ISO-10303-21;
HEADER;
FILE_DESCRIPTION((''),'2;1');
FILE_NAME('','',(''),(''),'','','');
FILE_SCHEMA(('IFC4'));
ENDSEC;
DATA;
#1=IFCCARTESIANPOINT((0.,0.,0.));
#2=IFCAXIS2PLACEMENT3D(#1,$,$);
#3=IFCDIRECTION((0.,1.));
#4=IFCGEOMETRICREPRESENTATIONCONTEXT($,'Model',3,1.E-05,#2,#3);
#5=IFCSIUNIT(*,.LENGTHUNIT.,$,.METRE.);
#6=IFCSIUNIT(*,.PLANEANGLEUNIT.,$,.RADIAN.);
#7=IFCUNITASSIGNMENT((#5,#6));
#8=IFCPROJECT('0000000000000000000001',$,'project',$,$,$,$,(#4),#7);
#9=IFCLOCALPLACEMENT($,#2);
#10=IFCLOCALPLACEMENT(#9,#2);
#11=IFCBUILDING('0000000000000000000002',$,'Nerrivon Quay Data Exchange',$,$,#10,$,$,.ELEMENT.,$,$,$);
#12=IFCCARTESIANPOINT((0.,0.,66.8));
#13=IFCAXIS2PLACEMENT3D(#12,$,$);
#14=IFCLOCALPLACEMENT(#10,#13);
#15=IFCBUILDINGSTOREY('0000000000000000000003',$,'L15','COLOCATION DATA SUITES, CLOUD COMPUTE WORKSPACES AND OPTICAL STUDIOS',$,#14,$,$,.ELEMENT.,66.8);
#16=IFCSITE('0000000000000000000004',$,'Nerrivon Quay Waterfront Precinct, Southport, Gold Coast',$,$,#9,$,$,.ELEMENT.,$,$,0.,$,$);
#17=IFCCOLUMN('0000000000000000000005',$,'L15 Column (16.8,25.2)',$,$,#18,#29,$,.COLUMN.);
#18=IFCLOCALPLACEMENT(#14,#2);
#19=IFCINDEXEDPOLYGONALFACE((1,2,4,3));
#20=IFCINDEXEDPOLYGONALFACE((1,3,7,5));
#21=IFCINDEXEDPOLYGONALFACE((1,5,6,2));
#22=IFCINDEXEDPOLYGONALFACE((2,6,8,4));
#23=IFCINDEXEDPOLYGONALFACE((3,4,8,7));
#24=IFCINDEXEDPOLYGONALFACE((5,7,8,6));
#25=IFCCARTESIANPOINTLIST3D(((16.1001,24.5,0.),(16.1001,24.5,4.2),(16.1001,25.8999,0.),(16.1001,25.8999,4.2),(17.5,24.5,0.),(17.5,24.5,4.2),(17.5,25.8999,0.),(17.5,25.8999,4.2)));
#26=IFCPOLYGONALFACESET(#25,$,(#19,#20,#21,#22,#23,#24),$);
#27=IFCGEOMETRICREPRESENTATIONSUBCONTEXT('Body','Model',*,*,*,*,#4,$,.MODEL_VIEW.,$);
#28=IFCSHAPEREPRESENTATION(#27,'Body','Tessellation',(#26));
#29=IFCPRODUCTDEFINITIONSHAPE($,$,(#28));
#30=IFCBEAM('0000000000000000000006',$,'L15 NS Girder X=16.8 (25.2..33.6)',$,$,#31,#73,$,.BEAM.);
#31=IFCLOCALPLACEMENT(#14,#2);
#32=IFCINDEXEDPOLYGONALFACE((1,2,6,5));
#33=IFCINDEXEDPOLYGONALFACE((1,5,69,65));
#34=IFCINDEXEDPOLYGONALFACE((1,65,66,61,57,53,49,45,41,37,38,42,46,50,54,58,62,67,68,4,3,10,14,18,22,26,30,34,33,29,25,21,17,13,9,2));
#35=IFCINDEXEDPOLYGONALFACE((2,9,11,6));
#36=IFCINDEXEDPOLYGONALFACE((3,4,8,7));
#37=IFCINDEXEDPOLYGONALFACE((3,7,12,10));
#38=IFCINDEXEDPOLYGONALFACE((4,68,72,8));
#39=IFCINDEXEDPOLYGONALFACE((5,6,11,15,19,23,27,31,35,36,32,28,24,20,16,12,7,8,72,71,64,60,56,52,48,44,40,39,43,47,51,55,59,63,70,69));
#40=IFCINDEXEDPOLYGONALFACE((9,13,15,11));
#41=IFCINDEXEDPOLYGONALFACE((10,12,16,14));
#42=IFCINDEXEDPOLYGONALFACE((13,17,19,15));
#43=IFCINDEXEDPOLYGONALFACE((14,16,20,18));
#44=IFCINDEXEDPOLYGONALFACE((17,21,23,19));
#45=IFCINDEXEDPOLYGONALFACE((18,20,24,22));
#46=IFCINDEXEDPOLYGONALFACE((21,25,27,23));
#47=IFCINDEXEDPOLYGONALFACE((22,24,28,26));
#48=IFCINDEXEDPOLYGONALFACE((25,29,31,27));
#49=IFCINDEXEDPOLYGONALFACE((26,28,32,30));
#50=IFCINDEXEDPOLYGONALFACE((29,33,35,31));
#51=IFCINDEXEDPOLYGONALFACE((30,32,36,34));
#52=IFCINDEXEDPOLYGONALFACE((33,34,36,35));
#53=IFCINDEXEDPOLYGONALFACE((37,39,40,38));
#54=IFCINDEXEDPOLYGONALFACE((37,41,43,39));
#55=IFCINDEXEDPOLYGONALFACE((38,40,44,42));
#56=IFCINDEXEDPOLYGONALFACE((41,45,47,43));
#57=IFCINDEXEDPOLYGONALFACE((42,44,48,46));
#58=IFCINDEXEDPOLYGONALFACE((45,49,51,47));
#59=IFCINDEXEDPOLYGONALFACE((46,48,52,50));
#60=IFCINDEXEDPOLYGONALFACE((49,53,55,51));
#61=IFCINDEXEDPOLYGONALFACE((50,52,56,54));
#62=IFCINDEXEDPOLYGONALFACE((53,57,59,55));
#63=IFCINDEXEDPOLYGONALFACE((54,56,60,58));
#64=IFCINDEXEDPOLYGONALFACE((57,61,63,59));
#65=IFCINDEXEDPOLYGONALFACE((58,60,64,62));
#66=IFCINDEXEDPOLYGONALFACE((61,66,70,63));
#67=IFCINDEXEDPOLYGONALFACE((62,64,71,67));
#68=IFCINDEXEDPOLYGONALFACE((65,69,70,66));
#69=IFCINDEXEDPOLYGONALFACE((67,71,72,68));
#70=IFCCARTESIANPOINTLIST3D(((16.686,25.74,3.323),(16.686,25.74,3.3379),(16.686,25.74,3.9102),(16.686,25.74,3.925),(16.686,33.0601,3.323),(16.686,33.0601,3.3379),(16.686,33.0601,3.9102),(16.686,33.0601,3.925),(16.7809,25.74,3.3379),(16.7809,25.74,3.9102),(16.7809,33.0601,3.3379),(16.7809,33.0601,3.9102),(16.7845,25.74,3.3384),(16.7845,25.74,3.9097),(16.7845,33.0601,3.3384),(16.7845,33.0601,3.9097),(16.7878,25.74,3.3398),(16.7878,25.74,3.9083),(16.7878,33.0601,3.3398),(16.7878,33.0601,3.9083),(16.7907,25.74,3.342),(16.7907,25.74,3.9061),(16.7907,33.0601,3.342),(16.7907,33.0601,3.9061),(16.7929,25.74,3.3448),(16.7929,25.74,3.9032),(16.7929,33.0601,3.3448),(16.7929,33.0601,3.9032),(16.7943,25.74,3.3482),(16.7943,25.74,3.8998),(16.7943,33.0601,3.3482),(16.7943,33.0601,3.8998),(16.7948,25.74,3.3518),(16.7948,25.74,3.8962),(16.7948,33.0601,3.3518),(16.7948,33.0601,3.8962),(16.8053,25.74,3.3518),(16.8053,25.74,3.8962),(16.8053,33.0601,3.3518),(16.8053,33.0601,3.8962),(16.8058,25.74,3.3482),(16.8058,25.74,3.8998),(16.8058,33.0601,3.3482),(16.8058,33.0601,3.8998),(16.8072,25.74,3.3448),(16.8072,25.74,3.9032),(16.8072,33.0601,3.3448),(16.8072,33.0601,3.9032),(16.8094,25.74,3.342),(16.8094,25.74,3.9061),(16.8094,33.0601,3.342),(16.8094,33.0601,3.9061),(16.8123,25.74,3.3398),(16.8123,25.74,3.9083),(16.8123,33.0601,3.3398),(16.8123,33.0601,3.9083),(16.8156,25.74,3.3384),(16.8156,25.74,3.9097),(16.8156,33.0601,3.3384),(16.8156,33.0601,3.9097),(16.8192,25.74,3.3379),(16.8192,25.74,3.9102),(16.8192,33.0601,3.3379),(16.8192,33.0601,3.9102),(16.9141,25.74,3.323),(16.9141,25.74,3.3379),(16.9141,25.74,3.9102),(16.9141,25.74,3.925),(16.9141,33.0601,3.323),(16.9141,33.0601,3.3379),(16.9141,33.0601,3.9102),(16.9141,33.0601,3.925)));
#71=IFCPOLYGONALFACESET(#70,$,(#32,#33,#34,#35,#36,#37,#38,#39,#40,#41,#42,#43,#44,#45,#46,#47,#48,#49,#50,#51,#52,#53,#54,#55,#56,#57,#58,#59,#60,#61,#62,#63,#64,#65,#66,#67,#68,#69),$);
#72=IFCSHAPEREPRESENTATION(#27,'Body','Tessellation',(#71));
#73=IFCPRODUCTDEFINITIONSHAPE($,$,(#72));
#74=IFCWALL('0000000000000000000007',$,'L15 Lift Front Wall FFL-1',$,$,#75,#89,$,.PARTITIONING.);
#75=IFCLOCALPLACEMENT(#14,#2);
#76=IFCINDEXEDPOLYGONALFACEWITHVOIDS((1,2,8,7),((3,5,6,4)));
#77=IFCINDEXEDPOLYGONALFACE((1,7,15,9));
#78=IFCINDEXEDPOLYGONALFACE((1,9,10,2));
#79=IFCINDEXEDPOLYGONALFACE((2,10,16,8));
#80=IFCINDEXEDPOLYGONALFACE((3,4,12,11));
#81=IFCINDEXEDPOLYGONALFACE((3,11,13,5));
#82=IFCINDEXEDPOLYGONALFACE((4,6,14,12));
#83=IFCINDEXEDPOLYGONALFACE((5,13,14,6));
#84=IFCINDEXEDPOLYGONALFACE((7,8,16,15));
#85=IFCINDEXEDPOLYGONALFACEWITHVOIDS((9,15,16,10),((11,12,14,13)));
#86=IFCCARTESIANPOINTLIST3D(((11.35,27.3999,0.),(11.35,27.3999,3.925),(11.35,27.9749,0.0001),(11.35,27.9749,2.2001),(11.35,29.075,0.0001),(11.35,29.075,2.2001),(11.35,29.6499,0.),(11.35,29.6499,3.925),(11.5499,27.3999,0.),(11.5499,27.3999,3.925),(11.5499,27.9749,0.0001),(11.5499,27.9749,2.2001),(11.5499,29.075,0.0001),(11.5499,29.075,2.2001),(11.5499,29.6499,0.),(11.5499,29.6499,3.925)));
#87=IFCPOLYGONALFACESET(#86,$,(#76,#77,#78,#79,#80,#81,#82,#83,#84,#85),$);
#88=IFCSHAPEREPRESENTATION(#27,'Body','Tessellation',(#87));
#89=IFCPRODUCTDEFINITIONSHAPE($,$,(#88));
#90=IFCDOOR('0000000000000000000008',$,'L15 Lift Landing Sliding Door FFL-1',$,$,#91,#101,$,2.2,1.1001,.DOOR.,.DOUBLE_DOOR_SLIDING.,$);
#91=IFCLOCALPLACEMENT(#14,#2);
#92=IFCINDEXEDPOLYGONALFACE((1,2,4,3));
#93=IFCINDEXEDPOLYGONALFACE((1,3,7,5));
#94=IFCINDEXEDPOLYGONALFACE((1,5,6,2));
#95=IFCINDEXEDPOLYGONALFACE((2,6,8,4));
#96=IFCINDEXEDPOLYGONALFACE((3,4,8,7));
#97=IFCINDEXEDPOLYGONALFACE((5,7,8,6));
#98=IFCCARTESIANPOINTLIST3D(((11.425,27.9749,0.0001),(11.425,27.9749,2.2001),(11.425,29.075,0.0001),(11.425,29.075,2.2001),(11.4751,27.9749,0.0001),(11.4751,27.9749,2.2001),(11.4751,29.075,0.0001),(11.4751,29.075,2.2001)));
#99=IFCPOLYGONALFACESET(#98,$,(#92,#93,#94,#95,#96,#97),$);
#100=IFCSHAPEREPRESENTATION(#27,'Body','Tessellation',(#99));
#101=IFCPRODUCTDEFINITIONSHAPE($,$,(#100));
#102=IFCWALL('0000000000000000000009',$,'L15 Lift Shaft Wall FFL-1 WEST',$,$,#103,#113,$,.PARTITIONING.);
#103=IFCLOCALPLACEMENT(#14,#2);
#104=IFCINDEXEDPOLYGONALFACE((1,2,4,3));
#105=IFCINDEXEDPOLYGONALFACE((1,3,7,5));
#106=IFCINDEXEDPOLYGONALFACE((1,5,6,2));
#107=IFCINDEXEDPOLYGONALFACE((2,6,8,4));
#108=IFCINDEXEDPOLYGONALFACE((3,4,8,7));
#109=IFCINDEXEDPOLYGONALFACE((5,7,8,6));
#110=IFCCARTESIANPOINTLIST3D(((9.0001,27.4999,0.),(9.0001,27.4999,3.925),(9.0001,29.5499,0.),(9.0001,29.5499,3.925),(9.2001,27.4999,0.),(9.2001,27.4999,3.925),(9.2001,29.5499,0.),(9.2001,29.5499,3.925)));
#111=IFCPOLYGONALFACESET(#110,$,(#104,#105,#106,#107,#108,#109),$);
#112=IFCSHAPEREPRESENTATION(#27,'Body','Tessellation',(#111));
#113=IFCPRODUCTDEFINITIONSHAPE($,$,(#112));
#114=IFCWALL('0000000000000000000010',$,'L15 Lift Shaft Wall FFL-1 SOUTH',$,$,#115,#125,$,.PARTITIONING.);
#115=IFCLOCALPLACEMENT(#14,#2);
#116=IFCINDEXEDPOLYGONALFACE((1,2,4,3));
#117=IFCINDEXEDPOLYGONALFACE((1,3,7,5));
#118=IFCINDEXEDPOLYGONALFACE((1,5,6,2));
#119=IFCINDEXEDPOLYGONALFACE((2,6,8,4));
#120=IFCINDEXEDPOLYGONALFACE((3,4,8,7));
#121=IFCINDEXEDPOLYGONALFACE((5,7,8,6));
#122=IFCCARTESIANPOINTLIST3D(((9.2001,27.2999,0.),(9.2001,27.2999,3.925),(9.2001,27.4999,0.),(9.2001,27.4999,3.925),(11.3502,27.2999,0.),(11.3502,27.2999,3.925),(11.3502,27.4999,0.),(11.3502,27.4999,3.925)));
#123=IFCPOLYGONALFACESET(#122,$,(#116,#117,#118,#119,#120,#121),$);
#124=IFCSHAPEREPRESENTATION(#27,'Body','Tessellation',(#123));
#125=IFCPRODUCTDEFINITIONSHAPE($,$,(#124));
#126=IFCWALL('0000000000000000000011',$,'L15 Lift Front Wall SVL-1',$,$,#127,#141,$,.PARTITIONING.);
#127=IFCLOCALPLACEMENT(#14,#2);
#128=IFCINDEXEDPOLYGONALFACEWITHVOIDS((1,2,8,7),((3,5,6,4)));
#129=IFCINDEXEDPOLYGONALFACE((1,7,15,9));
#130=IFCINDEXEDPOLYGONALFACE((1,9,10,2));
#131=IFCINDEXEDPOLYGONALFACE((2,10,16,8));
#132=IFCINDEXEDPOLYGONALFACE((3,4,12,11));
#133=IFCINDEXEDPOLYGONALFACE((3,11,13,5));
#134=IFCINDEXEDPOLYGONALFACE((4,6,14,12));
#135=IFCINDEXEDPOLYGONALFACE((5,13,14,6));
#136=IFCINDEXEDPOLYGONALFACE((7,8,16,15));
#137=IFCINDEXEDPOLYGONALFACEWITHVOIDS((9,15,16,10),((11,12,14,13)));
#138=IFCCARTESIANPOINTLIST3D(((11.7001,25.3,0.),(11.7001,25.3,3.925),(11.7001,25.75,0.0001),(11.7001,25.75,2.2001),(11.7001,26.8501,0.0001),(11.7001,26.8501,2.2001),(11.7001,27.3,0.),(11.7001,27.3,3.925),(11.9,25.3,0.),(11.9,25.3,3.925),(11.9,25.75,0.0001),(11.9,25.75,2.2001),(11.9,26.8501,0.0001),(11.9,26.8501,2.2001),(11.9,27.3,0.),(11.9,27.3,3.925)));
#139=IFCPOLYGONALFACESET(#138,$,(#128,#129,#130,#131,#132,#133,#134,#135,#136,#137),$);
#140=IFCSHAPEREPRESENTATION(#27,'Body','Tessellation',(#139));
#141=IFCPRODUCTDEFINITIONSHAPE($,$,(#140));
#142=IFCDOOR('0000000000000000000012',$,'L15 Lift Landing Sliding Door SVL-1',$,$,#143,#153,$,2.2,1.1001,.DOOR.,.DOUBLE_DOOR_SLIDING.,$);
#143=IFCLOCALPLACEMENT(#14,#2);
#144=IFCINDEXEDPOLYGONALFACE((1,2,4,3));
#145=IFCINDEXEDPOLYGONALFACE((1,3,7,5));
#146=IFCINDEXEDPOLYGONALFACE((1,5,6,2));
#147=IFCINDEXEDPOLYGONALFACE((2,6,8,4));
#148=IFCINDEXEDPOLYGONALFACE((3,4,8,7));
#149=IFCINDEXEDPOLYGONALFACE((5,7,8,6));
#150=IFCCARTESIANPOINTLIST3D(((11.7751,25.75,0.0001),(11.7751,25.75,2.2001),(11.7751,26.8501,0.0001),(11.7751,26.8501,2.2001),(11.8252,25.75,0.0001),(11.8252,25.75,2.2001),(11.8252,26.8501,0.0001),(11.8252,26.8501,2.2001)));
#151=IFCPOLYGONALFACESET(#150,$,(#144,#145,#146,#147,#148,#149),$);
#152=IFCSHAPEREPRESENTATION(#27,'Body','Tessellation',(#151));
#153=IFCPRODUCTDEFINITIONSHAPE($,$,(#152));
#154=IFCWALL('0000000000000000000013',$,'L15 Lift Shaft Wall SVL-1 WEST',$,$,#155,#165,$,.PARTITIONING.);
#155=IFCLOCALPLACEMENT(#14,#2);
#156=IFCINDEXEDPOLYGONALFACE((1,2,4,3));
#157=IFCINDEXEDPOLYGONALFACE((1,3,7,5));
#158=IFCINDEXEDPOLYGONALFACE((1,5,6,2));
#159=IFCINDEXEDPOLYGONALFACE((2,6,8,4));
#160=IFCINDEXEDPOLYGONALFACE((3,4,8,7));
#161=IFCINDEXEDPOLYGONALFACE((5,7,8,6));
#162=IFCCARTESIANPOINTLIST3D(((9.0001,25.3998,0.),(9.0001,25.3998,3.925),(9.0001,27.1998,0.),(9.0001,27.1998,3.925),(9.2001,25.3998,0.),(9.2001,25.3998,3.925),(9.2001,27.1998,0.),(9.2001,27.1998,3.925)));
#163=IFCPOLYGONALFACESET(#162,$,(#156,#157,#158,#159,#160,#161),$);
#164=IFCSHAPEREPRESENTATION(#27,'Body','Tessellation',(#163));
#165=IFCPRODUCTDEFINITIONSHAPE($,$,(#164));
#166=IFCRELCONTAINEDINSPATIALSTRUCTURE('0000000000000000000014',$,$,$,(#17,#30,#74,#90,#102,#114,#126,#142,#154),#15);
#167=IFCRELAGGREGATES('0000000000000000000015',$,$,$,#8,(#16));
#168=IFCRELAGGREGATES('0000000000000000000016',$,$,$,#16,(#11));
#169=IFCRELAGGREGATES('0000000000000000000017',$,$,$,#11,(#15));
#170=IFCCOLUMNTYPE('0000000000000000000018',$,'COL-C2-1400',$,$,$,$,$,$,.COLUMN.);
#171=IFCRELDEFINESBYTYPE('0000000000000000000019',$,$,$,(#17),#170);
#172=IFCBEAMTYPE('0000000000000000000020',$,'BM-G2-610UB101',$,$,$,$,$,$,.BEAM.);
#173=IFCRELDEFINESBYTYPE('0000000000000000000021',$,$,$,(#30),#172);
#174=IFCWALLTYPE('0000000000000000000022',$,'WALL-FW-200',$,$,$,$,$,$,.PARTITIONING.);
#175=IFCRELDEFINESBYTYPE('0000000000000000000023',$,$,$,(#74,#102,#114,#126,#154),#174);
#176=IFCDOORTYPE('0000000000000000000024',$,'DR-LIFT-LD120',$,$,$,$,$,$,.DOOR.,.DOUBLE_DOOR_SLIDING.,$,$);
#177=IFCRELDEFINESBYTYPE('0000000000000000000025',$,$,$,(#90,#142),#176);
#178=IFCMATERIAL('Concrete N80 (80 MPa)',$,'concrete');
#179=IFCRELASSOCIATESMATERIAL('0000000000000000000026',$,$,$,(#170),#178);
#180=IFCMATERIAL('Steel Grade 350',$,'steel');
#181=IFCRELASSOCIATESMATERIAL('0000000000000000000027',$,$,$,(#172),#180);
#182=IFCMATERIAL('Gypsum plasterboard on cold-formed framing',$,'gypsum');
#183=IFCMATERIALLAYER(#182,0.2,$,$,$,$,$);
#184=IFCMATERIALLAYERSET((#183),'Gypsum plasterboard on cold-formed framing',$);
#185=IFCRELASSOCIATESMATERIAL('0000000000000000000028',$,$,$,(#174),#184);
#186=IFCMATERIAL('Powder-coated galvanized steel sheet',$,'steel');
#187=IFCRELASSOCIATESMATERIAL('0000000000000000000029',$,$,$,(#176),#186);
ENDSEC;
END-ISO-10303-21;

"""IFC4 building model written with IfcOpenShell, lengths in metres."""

from ifc_helpers import new_model, si_unit, direction, frame, frame_2d, origin, origin_2d, place, context, subcontext, project, spatial, rectangle, i_section, extrude, material, layer, layer_set, material_profile, profile_set, type_object, element, fill, save


model = new_model("IFC4")

# Units and contexts
model_context = context("Model", 3, precision=1e-05, world=origin(), true_north=direction((0.0, 1.0)))
body_context = subcontext(model_context, "Body", "Model", "MODEL_VIEW")
ifc_project = project(units=[si_unit("LENGTHUNIT", "METRE"), si_unit("PLANEANGLEUNIT", "RADIAN")], contexts=[model_context])

# Site, building, storey
site_placement = place(None, origin())
site = spatial("IfcSite", under=ifc_project, at=site_placement, Name="Nerrivon Quay Waterfront Precinct, Southport, Gold Coast", CompositionType="ELEMENT", RefElevation=0.0)
building_placement = place(site_placement, origin())
building = spatial("IfcBuilding", under=site, at=building_placement, Name="Nerrivon Quay Data Exchange", CompositionType="ELEMENT")
storey_placement = place(building_placement, frame((0.0, 0.0, 66.8)))
storey = spatial("IfcBuildingStorey", under=building, at=storey_placement, Name="L15", Description="COLOCATION DATA SUITES, CLOUD COMPUTE WORKSPACES AND OPTICAL STUDIOS", CompositionType="ELEMENT", Elevation=66.8)

# Column
ifc_material_1 = material(Name="Concrete N80 (80 MPa)", Category="concrete")
ifc_material_profile_1 = material_profile(ifc_material_1, rectangle(XDim=1.3999, YDim=1.3999, at=origin_2d()), Name="RC-COL-1400x1400")
ifc_profile_set_1 = profile_set([ifc_material_profile_1], Name="Concrete N80 (80 MPa)")
column_type = type_object("IfcColumnType", Name="COL-C2-1400", PredefinedType="COLUMN", material=ifc_profile_set_1)
column_placement = place(storey_placement, frame((16.8, 25.2, 0.0), z_axis=(0.0, 0.0, 1.0), x_axis=(1.0, 0.0, 0.0)))
element("IfcColumn", 1, at=column_placement, inside=storey, type_object=column_type, Name="L15 Column (16.8,25.2)", PredefinedType="COLUMN", context=body_context, shape_type="SweptSolid", body=[
    extrude(rectangle(XDim=1.3999, YDim=1.3999, at=origin_2d()), origin(), (0.0, 0.0, 1.0), 4.2),
])

# Beam
ifc_material_2 = material(Name="Steel Grade 350", Category="steel")
ifc_material_profile_2 = material_profile(ifc_material_2, i_section(OverallWidth=0.228, OverallDepth=0.6021, WebThickness=0.0105, FlangeThickness=0.0149, FilletRadius=0.0139, at=origin_2d()), Name="610UB101")
ifc_profile_set_2 = profile_set([ifc_material_profile_2], Name="Steel Grade 350")
beam_type = type_object("IfcBeamType", Name="BM-G2-610UB101", PredefinedType="BEAM", material=ifc_profile_set_2)
beam_placement = place(storey_placement, frame((16.8, 25.74, 3.624), z_axis=(0.0, 1.0, 0.0), x_axis=(-1.0, 0.0, 0.0)))
element("IfcBeam", 2, at=beam_placement, inside=storey, type_object=beam_type, Name="L15 NS Girder X=16.8 (25.2..33.6)", PredefinedType="BEAM", context=body_context, shape_type="SweptSolid", body=[
    extrude(i_section(OverallWidth=0.228, OverallDepth=0.6021, WebThickness=0.0105, FlangeThickness=0.0149, FilletRadius=0.0139, at=origin_2d()), origin(), (0.0, 0.0, 1.0), 7.3201),
])

# Wall, opening, door
ifc_material_3 = material(Name="Powder-coated galvanized steel sheet", Category="steel")
ifc_material_4 = material(Name="Gypsum plasterboard on cold-formed framing", Category="gypsum")
ifc_layer_1 = layer(ifc_material_4, 0.2)
ifc_layer_set_1 = layer_set([ifc_layer_1], Name="Gypsum plasterboard on cold-formed framing")
wall_type_1 = type_object("IfcWallType", Name="WALL-FW-200", PredefinedType="PARTITIONING", material=ifc_layer_set_1)
wall_1_placement = place(storey_placement, frame((11.45, 27.3999, 0.0), z_axis=(0.0, 0.0, 1.0), x_axis=(0.0, 1.0, 0.0)))
wall_1 = element("IfcWall", 3, at=wall_1_placement, inside=storey, type_object=wall_type_1, Name="L15 Lift Front Wall FFL-1", PredefinedType="PARTITIONING", context=body_context, shape_type="SweptSolid", body=[
    extrude(rectangle(XDim=2.25, YDim=0.2, at=frame_2d((1.125, 0.0))), origin(), (0.0, 0.0, 1.0), 3.925),
])
opening_1_placement = place(wall_1_placement, frame((0.575, 0.0, 0.0)))
opening_1 = element("IfcOpeningElement", 4, at=opening_1_placement, cuts=wall_1, PredefinedType="OPENING", context=body_context, shape_type="SweptSolid", body=[
    extrude(rectangle(XDim=1.1001, YDim=2.2, at=frame_2d((0.55, 1.1001))), frame((0.0, 0.1099, 0.0), z_axis=(0.0, -1.0, 0.0), x_axis=(1.0, 0.0, 0.0)), (0.0, 0.0, 1.0), 0.22),
])
door_type_1 = type_object("IfcDoorType", Name="DR-LIFT-LD120", OperationType="DOUBLE_DOOR_SLIDING", PredefinedType="DOOR", material=ifc_material_3)
door_1_placement = place(opening_1_placement, origin())
door_1 = element("IfcDoor", 5, at=door_1_placement, inside=storey, type_object=door_type_1, Name="L15 Lift Landing Sliding Door FFL-1", OperationType="DOUBLE_DOOR_SLIDING", OverallHeight=2.2, OverallWidth=1.1001, PredefinedType="DOOR", context=body_context, shape_type="SweptSolid", body=[
    extrude(rectangle(XDim=1.1001, YDim=2.2, at=frame_2d((0.55, 1.1001))), frame((0.0, 0.0249, 0.0), z_axis=(0.0, -1.0, 0.0), x_axis=(1.0, 0.0, 0.0)), (0.0, 0.0, 1.0), 0.05),
])
fill(opening_1, door_1)

# Walls
wall_2_placement = place(storey_placement, frame((9.1001, 27.5, 0.0), z_axis=(0.0, 0.0, 1.0), x_axis=(0.0, 1.0, 0.0)))
element("IfcWall", 6, at=wall_2_placement, inside=storey, type_object=wall_type_1, Name="L15 Lift Shaft Wall FFL-1 WEST", PredefinedType="PARTITIONING", context=body_context, shape_type="SweptSolid", body=[
    extrude(rectangle(XDim=2.05, YDim=0.2, at=frame_2d((1.0249, 0.0))), origin(), (0.0, 0.0, 1.0), 3.925),
])
wall_3_placement = place(storey_placement, frame((9.2, 27.3999, 0.0), z_axis=(0.0, 0.0, 1.0), x_axis=(1.0, 0.0, 0.0)))
element("IfcWall", 7, at=wall_3_placement, inside=storey, type_object=wall_type_1, Name="L15 Lift Shaft Wall FFL-1 SOUTH", PredefinedType="PARTITIONING", context=body_context, shape_type="SweptSolid", body=[
    extrude(rectangle(XDim=2.1501, YDim=0.2, at=frame_2d((1.0752, 0.0))), origin(), (0.0, 0.0, 1.0), 3.925),
])

# Wall, opening, door
wall_4_placement = place(storey_placement, frame((11.8, 25.3, 0.0), z_axis=(0.0, 0.0, 1.0), x_axis=(0.0, 1.0, 0.0)))
wall_4 = element("IfcWall", 8, at=wall_4_placement, inside=storey, type_object=wall_type_1, Name="L15 Lift Front Wall SVL-1", PredefinedType="PARTITIONING", context=body_context, shape_type="SweptSolid", body=[
    extrude(rectangle(XDim=2.0, YDim=0.2, at=frame_2d((1.0, 0.0))), origin(), (0.0, 0.0, 1.0), 3.925),
])
opening_2_placement = place(wall_4_placement, frame((0.45, 0.0, 0.0)))
opening_2 = element("IfcOpeningElement", 9, at=opening_2_placement, cuts=wall_4, PredefinedType="OPENING", context=body_context, shape_type="SweptSolid", body=[
    extrude(rectangle(XDim=1.1001, YDim=2.2, at=frame_2d((0.55, 1.1001))), frame((0.0, 0.1099, 0.0), z_axis=(0.0, -1.0, 0.0), x_axis=(1.0, 0.0, 0.0)), (0.0, 0.0, 1.0), 0.22),
])
door_2_placement = place(opening_2_placement, origin())
door_2 = element("IfcDoor", 10, at=door_2_placement, inside=storey, type_object=door_type_1, Name="L15 Lift Landing Sliding Door SVL-1", OperationType="DOUBLE_DOOR_SLIDING", OverallHeight=2.2, OverallWidth=1.1001, PredefinedType="DOOR", context=body_context, shape_type="SweptSolid", body=[
    extrude(rectangle(XDim=1.1001, YDim=2.2, at=frame_2d((0.55, 1.1001))), frame((0.0, 0.0249, 0.0), z_axis=(0.0, -1.0, 0.0), x_axis=(1.0, 0.0, 0.0)), (0.0, 0.0, 1.0), 0.05),
])
fill(opening_2, door_2)

# Wall
wall_5_placement = place(storey_placement, frame((9.1001, 25.3999, 0.0), z_axis=(0.0, 0.0, 1.0), x_axis=(0.0, 1.0, 0.0)))
element("IfcWall", 11, at=wall_5_placement, inside=storey, type_object=wall_type_1, Name="L15 Lift Shaft Wall SVL-1 WEST", PredefinedType="PARTITIONING", context=body_context, shape_type="SweptSolid", body=[
    extrude(rectangle(XDim=1.8, YDim=0.2, at=frame_2d((0.8999, 0.0))), origin(), (0.0, 0.0, 1.0), 3.925),
])

save(model, "model.ifc")
